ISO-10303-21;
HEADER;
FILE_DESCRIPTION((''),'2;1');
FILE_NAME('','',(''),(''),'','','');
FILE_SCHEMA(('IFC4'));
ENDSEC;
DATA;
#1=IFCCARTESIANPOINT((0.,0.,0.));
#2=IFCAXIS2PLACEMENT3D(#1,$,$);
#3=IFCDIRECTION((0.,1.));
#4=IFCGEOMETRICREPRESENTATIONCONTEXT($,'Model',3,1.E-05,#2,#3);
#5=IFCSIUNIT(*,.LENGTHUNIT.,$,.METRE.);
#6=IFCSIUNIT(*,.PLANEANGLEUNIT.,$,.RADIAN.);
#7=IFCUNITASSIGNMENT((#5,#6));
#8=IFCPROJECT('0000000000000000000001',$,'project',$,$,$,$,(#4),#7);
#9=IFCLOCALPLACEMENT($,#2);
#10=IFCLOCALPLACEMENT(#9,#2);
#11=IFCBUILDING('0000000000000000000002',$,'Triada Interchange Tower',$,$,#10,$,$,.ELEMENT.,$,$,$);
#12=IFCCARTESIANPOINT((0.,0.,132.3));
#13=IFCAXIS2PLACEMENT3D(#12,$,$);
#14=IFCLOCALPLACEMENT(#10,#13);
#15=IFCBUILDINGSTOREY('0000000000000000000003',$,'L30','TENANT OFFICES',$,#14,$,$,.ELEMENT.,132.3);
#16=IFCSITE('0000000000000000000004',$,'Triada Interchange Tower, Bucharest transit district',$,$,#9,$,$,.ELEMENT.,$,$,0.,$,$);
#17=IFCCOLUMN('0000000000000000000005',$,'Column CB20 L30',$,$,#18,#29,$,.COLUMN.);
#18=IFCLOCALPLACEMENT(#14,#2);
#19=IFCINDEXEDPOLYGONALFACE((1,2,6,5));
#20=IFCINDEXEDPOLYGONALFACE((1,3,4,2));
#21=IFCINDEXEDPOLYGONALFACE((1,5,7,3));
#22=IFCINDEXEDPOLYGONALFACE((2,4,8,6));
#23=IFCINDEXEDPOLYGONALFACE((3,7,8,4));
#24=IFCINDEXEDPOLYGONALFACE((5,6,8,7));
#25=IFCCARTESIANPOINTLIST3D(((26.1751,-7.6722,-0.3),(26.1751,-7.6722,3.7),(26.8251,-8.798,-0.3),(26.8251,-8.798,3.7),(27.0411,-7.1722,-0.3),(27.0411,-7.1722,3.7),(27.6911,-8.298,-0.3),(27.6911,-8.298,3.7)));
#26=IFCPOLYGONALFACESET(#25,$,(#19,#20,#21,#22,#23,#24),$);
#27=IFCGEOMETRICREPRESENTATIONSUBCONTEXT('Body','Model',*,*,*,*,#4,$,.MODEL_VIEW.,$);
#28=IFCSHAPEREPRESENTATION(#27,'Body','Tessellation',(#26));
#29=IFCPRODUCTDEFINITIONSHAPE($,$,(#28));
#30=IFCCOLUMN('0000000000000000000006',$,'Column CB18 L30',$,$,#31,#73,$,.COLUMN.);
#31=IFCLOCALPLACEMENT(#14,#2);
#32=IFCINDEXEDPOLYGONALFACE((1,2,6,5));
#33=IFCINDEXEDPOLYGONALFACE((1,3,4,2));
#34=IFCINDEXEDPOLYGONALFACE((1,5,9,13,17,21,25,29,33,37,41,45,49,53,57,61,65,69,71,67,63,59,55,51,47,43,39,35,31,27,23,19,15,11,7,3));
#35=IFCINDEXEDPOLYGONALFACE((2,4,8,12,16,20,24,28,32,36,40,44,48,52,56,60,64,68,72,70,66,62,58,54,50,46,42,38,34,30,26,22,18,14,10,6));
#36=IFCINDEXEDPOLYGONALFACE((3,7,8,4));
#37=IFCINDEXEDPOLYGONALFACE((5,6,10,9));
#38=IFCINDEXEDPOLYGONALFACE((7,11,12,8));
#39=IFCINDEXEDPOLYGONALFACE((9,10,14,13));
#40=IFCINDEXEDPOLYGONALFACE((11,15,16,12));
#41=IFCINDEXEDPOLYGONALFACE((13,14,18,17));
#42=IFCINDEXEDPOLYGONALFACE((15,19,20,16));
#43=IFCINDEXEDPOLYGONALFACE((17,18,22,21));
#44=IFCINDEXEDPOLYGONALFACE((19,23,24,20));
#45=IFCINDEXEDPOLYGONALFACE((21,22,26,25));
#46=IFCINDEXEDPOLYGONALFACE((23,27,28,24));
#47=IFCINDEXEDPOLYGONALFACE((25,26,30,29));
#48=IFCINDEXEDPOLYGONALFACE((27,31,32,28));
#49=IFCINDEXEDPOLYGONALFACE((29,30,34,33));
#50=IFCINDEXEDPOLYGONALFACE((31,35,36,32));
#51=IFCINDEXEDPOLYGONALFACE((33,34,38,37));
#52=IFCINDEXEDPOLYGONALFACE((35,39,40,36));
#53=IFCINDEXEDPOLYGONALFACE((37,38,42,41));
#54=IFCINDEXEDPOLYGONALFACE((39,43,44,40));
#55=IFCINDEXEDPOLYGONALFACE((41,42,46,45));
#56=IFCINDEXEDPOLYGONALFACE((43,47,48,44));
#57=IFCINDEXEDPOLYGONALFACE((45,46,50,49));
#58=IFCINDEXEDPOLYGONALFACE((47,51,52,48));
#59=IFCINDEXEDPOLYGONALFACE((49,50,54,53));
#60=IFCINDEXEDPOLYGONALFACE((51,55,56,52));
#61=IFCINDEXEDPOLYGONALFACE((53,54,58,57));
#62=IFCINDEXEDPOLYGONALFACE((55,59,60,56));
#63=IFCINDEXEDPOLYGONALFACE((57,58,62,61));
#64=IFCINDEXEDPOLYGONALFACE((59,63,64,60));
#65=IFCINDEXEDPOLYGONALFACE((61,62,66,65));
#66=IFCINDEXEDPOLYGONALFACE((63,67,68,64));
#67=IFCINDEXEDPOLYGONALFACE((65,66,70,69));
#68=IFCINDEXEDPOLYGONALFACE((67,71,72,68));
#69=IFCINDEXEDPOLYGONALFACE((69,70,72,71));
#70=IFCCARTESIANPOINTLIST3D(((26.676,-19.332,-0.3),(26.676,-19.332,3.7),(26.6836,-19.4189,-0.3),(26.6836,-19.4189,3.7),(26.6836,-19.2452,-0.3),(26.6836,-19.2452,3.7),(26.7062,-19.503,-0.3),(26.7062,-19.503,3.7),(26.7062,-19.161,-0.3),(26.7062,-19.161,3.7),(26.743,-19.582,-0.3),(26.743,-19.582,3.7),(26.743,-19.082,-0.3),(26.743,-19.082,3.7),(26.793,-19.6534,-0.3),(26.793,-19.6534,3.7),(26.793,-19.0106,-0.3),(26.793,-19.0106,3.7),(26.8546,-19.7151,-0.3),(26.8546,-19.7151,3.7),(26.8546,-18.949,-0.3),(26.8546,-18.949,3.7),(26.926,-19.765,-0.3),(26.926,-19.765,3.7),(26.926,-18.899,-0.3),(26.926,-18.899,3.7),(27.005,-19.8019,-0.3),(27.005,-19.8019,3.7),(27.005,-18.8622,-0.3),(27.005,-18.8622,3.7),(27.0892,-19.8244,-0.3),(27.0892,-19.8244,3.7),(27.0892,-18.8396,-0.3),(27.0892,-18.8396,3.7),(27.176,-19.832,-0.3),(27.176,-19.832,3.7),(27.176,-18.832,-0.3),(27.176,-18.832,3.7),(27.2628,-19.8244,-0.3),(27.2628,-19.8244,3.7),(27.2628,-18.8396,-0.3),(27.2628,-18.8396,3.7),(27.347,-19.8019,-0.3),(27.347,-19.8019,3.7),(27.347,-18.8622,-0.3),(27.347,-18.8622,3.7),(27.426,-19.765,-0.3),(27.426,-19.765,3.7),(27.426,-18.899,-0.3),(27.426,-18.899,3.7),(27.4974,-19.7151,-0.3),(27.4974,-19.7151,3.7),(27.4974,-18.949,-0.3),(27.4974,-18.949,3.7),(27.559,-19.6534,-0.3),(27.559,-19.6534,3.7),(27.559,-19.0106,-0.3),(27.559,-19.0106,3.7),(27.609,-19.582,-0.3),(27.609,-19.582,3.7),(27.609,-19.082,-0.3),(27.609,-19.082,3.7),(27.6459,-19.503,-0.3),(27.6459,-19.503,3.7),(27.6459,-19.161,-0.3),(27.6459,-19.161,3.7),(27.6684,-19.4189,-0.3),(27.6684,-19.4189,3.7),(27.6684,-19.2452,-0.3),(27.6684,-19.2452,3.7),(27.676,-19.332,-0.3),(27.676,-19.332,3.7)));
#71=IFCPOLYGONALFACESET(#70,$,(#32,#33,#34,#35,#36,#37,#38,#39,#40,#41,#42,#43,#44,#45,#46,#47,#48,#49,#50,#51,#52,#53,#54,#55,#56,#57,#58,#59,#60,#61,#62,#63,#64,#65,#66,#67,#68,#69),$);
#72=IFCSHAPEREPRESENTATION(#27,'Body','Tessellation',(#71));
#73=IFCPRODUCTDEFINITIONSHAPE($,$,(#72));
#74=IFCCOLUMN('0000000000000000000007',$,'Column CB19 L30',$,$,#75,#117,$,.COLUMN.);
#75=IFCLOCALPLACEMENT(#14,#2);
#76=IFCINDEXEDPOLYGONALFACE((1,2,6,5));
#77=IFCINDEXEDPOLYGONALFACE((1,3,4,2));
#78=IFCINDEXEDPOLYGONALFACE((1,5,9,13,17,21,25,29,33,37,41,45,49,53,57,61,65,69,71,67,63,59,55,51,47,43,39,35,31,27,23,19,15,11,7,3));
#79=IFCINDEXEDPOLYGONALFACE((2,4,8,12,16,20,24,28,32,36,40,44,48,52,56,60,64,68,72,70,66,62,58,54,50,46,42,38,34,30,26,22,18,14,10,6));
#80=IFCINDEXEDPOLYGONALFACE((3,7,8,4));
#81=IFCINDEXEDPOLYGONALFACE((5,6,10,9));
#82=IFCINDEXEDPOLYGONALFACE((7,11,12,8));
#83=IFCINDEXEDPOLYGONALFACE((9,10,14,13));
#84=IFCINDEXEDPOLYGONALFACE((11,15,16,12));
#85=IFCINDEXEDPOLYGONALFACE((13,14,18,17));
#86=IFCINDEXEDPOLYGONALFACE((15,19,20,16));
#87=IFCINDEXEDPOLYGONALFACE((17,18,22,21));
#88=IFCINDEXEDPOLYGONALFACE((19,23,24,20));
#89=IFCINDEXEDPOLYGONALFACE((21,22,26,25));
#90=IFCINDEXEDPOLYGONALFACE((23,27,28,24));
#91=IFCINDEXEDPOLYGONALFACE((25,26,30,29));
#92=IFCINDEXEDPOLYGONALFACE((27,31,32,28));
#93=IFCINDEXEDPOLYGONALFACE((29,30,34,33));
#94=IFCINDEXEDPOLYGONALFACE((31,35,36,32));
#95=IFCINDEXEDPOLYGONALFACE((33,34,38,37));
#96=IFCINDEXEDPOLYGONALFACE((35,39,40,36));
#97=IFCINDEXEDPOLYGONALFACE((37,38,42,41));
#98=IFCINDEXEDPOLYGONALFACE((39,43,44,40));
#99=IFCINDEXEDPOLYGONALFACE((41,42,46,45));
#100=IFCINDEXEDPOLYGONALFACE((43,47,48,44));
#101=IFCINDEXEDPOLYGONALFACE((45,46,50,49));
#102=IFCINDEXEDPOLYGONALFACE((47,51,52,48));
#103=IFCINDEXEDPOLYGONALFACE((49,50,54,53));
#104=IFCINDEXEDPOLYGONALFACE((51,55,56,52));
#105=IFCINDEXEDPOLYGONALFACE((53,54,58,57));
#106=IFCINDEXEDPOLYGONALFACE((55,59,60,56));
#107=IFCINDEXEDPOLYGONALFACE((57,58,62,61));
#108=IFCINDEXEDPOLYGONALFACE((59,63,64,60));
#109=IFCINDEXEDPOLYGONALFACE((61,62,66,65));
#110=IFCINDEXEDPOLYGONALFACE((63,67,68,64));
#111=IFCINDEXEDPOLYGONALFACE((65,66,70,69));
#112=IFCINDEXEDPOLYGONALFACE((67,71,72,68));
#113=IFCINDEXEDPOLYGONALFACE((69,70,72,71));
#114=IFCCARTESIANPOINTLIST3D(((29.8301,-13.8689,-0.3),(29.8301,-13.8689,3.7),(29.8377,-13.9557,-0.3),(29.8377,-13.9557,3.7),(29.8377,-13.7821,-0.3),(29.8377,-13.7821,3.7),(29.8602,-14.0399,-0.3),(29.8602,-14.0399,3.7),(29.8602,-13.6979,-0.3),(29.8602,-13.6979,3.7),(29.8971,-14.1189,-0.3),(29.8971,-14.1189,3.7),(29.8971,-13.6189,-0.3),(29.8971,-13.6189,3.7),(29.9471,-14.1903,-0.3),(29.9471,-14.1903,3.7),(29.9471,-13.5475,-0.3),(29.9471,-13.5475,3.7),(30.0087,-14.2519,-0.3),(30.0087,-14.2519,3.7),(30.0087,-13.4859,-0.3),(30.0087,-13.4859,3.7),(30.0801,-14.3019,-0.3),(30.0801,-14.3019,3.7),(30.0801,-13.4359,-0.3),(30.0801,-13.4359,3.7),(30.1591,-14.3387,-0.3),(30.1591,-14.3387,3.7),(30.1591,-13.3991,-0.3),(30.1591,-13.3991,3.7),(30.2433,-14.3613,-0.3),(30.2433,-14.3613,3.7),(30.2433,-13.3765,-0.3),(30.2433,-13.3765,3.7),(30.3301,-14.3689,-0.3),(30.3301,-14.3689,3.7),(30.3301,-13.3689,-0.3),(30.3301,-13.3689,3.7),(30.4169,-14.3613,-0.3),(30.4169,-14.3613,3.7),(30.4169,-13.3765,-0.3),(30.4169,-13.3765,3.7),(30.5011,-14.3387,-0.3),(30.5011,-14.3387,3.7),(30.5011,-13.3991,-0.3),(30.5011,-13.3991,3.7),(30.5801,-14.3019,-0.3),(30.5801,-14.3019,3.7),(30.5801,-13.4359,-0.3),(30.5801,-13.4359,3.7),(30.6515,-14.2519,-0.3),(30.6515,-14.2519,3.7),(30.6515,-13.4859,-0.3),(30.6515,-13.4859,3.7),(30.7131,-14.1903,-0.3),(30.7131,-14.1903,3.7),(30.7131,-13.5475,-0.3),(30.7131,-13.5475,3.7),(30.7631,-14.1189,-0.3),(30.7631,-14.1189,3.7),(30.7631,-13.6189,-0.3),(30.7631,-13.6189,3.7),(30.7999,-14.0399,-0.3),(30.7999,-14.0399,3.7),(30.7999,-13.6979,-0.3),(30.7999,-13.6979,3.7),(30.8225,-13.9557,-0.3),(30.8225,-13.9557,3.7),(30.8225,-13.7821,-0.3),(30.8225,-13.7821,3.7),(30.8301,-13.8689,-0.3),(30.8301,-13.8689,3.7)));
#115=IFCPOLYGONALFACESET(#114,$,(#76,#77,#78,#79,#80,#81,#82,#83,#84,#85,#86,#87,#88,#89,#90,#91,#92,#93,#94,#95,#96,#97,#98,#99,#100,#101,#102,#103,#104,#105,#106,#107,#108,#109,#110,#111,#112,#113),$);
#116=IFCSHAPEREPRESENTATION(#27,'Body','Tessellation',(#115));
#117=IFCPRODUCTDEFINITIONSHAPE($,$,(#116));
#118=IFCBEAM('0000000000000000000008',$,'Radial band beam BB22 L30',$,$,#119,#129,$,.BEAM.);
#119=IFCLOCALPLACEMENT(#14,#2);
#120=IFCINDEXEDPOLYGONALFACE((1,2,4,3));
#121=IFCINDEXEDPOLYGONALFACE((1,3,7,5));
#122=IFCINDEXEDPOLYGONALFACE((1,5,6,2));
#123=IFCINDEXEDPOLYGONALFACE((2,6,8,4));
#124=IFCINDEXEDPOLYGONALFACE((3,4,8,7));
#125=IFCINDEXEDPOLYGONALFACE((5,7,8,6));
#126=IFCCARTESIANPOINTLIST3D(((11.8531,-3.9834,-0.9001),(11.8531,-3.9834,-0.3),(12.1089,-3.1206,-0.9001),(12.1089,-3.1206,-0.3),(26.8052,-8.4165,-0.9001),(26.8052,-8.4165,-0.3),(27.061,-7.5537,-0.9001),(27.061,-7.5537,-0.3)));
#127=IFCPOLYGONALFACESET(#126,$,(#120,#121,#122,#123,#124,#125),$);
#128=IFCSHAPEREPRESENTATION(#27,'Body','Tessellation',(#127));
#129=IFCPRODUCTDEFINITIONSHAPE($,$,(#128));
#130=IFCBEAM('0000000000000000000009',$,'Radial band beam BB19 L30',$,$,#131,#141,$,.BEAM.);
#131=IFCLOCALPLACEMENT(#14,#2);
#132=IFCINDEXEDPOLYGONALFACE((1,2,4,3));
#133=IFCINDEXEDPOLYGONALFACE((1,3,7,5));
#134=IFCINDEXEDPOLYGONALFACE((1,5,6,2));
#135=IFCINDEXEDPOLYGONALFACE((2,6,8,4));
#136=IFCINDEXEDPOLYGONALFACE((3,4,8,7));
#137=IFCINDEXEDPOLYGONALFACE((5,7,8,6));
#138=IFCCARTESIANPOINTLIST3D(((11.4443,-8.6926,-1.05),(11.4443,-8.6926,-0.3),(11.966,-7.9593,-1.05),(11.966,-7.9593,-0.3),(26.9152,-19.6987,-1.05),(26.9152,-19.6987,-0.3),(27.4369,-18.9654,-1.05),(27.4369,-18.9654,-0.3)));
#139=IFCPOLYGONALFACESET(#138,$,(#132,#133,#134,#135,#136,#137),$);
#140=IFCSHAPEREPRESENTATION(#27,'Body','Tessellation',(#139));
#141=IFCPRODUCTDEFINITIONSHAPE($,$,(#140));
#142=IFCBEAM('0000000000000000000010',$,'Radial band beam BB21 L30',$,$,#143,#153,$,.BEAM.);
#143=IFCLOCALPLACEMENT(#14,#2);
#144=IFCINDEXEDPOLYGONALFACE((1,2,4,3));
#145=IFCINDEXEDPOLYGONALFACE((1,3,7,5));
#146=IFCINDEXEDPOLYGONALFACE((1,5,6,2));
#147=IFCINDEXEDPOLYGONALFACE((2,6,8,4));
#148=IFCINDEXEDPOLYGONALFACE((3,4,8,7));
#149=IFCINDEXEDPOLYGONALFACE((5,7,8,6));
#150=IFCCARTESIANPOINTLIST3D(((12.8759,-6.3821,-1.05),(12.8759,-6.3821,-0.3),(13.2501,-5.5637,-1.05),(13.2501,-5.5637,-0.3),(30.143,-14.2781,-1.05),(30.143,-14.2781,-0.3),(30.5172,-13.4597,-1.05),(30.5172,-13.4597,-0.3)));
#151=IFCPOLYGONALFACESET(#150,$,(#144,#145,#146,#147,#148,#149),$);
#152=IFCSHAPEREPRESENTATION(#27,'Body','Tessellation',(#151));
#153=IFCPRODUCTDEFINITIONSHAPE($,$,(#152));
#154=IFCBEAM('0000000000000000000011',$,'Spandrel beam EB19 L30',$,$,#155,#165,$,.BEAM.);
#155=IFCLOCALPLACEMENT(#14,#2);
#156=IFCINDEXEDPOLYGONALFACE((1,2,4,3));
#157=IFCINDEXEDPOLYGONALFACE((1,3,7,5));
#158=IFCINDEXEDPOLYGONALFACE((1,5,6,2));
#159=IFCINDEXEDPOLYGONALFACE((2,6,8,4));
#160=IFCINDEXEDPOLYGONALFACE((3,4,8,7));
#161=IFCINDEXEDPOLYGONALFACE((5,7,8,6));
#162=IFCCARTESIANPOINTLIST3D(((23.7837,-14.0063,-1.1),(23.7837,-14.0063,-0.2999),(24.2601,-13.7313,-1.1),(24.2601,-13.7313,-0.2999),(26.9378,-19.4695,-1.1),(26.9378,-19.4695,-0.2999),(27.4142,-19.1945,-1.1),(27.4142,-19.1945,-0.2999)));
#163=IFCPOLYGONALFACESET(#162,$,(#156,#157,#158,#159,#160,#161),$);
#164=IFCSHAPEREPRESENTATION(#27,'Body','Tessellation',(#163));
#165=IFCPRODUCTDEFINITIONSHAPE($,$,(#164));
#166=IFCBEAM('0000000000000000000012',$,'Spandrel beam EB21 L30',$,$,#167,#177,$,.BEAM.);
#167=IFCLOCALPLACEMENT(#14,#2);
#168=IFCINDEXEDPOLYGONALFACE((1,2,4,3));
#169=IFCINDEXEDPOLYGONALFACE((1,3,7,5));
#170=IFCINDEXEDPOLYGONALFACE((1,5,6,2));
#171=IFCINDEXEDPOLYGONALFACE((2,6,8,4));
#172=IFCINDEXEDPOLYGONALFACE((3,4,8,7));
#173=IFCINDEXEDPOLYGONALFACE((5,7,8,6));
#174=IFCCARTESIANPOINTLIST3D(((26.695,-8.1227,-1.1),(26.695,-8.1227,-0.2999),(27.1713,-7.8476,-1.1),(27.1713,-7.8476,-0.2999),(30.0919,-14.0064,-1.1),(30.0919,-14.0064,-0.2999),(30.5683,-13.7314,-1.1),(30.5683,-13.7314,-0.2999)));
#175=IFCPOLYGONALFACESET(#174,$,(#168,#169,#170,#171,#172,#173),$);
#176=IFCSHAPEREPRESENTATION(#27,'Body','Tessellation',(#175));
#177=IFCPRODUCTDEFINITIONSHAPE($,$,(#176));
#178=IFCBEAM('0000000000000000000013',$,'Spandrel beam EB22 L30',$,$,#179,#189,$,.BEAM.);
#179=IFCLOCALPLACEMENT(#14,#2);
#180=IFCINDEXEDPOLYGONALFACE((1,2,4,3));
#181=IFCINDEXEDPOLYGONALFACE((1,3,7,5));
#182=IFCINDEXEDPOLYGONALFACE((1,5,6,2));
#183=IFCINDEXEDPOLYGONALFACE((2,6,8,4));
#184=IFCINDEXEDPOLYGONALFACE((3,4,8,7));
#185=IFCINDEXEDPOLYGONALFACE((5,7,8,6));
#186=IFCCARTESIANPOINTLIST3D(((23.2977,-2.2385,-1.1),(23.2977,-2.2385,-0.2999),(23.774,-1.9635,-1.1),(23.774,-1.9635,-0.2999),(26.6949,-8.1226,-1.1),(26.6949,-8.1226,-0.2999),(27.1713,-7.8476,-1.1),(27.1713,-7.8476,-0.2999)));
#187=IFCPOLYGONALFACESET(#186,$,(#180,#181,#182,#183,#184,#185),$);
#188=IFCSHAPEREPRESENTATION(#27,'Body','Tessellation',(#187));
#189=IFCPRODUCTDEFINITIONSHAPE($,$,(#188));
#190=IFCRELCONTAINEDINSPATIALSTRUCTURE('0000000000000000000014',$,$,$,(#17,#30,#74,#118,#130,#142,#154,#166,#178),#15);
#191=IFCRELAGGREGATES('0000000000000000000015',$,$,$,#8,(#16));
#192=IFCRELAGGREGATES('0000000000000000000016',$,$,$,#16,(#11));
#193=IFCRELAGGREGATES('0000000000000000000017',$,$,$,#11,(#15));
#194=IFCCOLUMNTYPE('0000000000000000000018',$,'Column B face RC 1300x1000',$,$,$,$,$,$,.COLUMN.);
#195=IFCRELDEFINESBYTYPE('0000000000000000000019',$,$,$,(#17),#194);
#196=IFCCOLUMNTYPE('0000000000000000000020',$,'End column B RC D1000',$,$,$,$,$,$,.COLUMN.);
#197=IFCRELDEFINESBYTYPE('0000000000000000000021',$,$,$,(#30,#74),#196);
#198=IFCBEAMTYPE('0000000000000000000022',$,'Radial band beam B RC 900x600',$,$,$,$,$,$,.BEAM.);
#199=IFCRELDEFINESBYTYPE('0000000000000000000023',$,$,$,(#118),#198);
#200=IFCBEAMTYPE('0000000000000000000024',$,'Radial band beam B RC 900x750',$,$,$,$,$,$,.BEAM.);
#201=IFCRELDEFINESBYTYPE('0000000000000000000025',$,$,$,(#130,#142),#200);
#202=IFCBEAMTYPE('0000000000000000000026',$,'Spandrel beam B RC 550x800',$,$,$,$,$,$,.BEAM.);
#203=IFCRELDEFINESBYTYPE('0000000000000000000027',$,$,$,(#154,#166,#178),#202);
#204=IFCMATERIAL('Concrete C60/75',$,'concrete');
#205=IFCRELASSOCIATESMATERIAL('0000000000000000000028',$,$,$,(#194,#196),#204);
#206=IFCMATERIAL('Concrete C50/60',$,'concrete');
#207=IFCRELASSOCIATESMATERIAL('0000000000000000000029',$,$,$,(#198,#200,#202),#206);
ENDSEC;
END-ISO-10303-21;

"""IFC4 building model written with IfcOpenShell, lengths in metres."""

from ifc_helpers import new_model, si_unit, direction, frame, origin, origin_2d, place, context, subcontext, project, spatial, rectangle, circle, extrude, material, material_profile, profile_set, type_object, element, save


model = new_model("IFC4")

# Units and contexts
model_context = context("Model", 3, precision=1e-05, world=origin(), true_north=direction((0.0, 1.0)))
body_context = subcontext(model_context, "Body", "Model", "MODEL_VIEW")
ifc_project = project(units=[si_unit("LENGTHUNIT", "METRE"), si_unit("PLANEANGLEUNIT", "RADIAN")], contexts=[model_context])

# Site, building, storey
site_placement = place(None, origin())
site = spatial("IfcSite", under=ifc_project, at=site_placement, Name="Triada Interchange Tower, Bucharest transit district", CompositionType="ELEMENT", RefElevation=0.0)
building_placement = place(site_placement, origin())
building = spatial("IfcBuilding", under=site, at=building_placement, Name="Triada Interchange Tower", CompositionType="ELEMENT")
storey_placement = place(building_placement, frame((0.0, 0.0, 132.3)))
storey = spatial("IfcBuildingStorey", under=building, at=storey_placement, Name="L30", Description="TENANT OFFICES", CompositionType="ELEMENT", Elevation=132.3)

# Columns
ifc_material_1 = material(Name="Concrete C60/75", Category="concrete")
ifc_material_profile_1 = material_profile(ifc_material_1, rectangle(XDim=1.3, YDim=1.0, at=origin_2d()), Name="RC 1300x1000")
ifc_profile_set_1 = profile_set([ifc_material_profile_1], Name="Concrete C60/75")
column_type_1 = type_object("IfcColumnType", Name="Column B face RC 1300x1000", PredefinedType="COLUMN", material=ifc_profile_set_1)
column_placement = place(storey_placement, frame((26.9331, -7.9851, -0.3), z_axis=(0.0, 0.0, 1.0), x_axis=(-0.5, 0.866025, 0.0)))
element("IfcColumn", 1, at=column_placement, inside=storey, type_object=column_type_1, Name="Column CB20 L30", PredefinedType="COLUMN", context=body_context, shape_type="SweptSolid", body=[
    extrude(rectangle(XDim=1.3, YDim=1.0, at=origin_2d()), origin(), (0.0, 0.0, 1.0), 4.0),
])
ifc_material_profile_2 = material_profile(ifc_material_1, circle(Radius=0.5, at=origin_2d()), Name="RC D1000")
ifc_profile_set_2 = profile_set([ifc_material_profile_2], Name="Concrete C60/75")
column_type_2 = type_object("IfcColumnType", Name="End column B RC D1000", PredefinedType="COLUMN", material=ifc_profile_set_2)
for number, where, z_axis, x_axis, name in (
    (2, (27.176, -19.332, -0.3), (0.0, 0.0, 1.0), (1.0, 0.0, 0.0), "Column CB18 L30"),
    (3, (30.3301, -13.8689, -0.3), (0.0, 0.0, 1.0), (-0.5, 0.866025, 0.0), "Column CB19 L30"),
):
    element("IfcColumn", number, at=place(storey_placement, frame(where, z_axis=z_axis, x_axis=x_axis)), inside=storey, type_object=column_type_2, Name=name, PredefinedType="COLUMN", context=body_context, shape_type="SweptSolid", body=[
        extrude(circle(Radius=0.5, at=origin_2d()), origin(), (0.0, 0.0, 1.0), 4.0),
    ])

# Beams
ifc_material_2 = material(Name="Concrete C50/60", Category="concrete")
ifc_material_profile_3 = material_profile(ifc_material_2, rectangle(XDim=0.8999, YDim=0.6001, at=origin_2d()), Name="RC 900x600")
ifc_profile_set_3 = profile_set([ifc_material_profile_3], Name="Concrete C50/60")
beam_type_1 = type_object("IfcBeamType", Name="Radial band beam B RC 900x600", PredefinedType="BEAM", material=ifc_profile_set_3)
beam_1_placement = place(storey_placement, frame((26.9331, -7.9851, -0.6001), z_axis=(-0.958749, 0.284256, 0.0), x_axis=(-0.284256, -0.958749, 0.0)))
element("IfcBeam", 4, at=beam_1_placement, inside=storey, type_object=beam_type_1, Name="Radial band beam BB22 L30", PredefinedType="BEAM", context=body_context, shape_type="SweptSolid", body=[
    extrude(rectangle(XDim=0.8999, YDim=0.6001, at=origin_2d()), origin(), (0.0, 0.0, 1.0), 15.5955),
])
ifc_material_profile_4 = material_profile(ifc_material_2, rectangle(XDim=0.8999, YDim=0.75, at=origin_2d()), Name="RC 900x750")
ifc_profile_set_4 = profile_set([ifc_material_profile_4], Name="Concrete C50/60")
beam_type_2 = type_object("IfcBeamType", Name="Radial band beam B RC 900x750", PredefinedType="BEAM", material=ifc_profile_set_4)
beam_2_placement = place(storey_placement, frame((27.176, -19.332, -0.675), z_axis=(-0.814842, 0.579683, 0.0), x_axis=(-0.579683, -0.814842, 0.0)))
element("IfcBeam", 5, at=beam_2_placement, inside=storey, type_object=beam_type_2, Name="Radial band beam BB19 L30", PredefinedType="BEAM", context=body_context, shape_type="SweptSolid", body=[
    extrude(rectangle(XDim=0.8999, YDim=0.75, at=origin_2d()), origin(), (0.0, 0.0, 1.0), 18.9863),
])
beam_3_placement = place(storey_placement, frame((30.3301, -13.8689, -0.675), z_axis=(-0.909425, 0.415867, 0.0), x_axis=(-0.415867, -0.909425, 0.0)))
element("IfcBeam", 6, at=beam_3_placement, inside=storey, type_object=beam_type_2, Name="Radial band beam BB21 L30", PredefinedType="BEAM", context=body_context, shape_type="SweptSolid", body=[
    extrude(rectangle(XDim=0.8999, YDim=0.75, at=origin_2d()), origin(), (0.0, 0.0, 1.0), 18.9868),
])
ifc_material_profile_5 = material_profile(ifc_material_2, rectangle(XDim=0.55, YDim=0.8, at=origin_2d()), Name="RC 550x800")
ifc_profile_set_5 = profile_set([ifc_material_profile_5], Name="Concrete C50/60")
beam_type_3 = type_object("IfcBeamType", Name="Spandrel beam B RC 550x800", PredefinedType="BEAM", material=ifc_profile_set_5)
beam_4_placement = place(storey_placement, frame((27.176, -19.332, -0.7), z_axis=(-0.499989, 0.866032, 0.0), x_axis=(-0.866032, -0.499989, 0.0)))
element("IfcBeam", 7, at=beam_4_placement, inside=storey, type_object=beam_type_3, Name="Spandrel beam EB19 L30", PredefinedType="BEAM", context=body_context, shape_type="SweptSolid", body=[
    extrude(rectangle(XDim=0.55, YDim=0.8, at=origin_2d()), origin(), (0.0, 0.0, 1.0), 6.3083),
])
beam_5_placement = place(storey_placement, frame((30.3301, -13.8689, -0.7), z_axis=(-0.499996, 0.866028, 0.0), x_axis=(-0.866028, -0.499996, 0.0)))
element("IfcBeam", 8, at=beam_5_placement, inside=storey, type_object=beam_type_3, Name="Spandrel beam EB21 L30", PredefinedType="BEAM", context=body_context, shape_type="SweptSolid", body=[
    extrude(rectangle(XDim=0.55, YDim=0.8, at=origin_2d()), origin(), (0.0, 0.0, 1.0), 6.7939),
])
beam_6_placement = place(storey_placement, frame((26.9331, -7.9851, -0.7), z_axis=(-0.500008, 0.866021, 0.0), x_axis=(-0.866021, -0.500008, 0.0)))
element("IfcBeam", 9, at=beam_6_placement, inside=storey, type_object=beam_type_3, Name="Spandrel beam EB22 L30", PredefinedType="BEAM", context=body_context, shape_type="SweptSolid", body=[
    extrude(rectangle(XDim=0.55, YDim=0.8, at=origin_2d()), origin(), (0.0, 0.0, 1.0), 6.7944),
])

save(model, "model.ifc")
